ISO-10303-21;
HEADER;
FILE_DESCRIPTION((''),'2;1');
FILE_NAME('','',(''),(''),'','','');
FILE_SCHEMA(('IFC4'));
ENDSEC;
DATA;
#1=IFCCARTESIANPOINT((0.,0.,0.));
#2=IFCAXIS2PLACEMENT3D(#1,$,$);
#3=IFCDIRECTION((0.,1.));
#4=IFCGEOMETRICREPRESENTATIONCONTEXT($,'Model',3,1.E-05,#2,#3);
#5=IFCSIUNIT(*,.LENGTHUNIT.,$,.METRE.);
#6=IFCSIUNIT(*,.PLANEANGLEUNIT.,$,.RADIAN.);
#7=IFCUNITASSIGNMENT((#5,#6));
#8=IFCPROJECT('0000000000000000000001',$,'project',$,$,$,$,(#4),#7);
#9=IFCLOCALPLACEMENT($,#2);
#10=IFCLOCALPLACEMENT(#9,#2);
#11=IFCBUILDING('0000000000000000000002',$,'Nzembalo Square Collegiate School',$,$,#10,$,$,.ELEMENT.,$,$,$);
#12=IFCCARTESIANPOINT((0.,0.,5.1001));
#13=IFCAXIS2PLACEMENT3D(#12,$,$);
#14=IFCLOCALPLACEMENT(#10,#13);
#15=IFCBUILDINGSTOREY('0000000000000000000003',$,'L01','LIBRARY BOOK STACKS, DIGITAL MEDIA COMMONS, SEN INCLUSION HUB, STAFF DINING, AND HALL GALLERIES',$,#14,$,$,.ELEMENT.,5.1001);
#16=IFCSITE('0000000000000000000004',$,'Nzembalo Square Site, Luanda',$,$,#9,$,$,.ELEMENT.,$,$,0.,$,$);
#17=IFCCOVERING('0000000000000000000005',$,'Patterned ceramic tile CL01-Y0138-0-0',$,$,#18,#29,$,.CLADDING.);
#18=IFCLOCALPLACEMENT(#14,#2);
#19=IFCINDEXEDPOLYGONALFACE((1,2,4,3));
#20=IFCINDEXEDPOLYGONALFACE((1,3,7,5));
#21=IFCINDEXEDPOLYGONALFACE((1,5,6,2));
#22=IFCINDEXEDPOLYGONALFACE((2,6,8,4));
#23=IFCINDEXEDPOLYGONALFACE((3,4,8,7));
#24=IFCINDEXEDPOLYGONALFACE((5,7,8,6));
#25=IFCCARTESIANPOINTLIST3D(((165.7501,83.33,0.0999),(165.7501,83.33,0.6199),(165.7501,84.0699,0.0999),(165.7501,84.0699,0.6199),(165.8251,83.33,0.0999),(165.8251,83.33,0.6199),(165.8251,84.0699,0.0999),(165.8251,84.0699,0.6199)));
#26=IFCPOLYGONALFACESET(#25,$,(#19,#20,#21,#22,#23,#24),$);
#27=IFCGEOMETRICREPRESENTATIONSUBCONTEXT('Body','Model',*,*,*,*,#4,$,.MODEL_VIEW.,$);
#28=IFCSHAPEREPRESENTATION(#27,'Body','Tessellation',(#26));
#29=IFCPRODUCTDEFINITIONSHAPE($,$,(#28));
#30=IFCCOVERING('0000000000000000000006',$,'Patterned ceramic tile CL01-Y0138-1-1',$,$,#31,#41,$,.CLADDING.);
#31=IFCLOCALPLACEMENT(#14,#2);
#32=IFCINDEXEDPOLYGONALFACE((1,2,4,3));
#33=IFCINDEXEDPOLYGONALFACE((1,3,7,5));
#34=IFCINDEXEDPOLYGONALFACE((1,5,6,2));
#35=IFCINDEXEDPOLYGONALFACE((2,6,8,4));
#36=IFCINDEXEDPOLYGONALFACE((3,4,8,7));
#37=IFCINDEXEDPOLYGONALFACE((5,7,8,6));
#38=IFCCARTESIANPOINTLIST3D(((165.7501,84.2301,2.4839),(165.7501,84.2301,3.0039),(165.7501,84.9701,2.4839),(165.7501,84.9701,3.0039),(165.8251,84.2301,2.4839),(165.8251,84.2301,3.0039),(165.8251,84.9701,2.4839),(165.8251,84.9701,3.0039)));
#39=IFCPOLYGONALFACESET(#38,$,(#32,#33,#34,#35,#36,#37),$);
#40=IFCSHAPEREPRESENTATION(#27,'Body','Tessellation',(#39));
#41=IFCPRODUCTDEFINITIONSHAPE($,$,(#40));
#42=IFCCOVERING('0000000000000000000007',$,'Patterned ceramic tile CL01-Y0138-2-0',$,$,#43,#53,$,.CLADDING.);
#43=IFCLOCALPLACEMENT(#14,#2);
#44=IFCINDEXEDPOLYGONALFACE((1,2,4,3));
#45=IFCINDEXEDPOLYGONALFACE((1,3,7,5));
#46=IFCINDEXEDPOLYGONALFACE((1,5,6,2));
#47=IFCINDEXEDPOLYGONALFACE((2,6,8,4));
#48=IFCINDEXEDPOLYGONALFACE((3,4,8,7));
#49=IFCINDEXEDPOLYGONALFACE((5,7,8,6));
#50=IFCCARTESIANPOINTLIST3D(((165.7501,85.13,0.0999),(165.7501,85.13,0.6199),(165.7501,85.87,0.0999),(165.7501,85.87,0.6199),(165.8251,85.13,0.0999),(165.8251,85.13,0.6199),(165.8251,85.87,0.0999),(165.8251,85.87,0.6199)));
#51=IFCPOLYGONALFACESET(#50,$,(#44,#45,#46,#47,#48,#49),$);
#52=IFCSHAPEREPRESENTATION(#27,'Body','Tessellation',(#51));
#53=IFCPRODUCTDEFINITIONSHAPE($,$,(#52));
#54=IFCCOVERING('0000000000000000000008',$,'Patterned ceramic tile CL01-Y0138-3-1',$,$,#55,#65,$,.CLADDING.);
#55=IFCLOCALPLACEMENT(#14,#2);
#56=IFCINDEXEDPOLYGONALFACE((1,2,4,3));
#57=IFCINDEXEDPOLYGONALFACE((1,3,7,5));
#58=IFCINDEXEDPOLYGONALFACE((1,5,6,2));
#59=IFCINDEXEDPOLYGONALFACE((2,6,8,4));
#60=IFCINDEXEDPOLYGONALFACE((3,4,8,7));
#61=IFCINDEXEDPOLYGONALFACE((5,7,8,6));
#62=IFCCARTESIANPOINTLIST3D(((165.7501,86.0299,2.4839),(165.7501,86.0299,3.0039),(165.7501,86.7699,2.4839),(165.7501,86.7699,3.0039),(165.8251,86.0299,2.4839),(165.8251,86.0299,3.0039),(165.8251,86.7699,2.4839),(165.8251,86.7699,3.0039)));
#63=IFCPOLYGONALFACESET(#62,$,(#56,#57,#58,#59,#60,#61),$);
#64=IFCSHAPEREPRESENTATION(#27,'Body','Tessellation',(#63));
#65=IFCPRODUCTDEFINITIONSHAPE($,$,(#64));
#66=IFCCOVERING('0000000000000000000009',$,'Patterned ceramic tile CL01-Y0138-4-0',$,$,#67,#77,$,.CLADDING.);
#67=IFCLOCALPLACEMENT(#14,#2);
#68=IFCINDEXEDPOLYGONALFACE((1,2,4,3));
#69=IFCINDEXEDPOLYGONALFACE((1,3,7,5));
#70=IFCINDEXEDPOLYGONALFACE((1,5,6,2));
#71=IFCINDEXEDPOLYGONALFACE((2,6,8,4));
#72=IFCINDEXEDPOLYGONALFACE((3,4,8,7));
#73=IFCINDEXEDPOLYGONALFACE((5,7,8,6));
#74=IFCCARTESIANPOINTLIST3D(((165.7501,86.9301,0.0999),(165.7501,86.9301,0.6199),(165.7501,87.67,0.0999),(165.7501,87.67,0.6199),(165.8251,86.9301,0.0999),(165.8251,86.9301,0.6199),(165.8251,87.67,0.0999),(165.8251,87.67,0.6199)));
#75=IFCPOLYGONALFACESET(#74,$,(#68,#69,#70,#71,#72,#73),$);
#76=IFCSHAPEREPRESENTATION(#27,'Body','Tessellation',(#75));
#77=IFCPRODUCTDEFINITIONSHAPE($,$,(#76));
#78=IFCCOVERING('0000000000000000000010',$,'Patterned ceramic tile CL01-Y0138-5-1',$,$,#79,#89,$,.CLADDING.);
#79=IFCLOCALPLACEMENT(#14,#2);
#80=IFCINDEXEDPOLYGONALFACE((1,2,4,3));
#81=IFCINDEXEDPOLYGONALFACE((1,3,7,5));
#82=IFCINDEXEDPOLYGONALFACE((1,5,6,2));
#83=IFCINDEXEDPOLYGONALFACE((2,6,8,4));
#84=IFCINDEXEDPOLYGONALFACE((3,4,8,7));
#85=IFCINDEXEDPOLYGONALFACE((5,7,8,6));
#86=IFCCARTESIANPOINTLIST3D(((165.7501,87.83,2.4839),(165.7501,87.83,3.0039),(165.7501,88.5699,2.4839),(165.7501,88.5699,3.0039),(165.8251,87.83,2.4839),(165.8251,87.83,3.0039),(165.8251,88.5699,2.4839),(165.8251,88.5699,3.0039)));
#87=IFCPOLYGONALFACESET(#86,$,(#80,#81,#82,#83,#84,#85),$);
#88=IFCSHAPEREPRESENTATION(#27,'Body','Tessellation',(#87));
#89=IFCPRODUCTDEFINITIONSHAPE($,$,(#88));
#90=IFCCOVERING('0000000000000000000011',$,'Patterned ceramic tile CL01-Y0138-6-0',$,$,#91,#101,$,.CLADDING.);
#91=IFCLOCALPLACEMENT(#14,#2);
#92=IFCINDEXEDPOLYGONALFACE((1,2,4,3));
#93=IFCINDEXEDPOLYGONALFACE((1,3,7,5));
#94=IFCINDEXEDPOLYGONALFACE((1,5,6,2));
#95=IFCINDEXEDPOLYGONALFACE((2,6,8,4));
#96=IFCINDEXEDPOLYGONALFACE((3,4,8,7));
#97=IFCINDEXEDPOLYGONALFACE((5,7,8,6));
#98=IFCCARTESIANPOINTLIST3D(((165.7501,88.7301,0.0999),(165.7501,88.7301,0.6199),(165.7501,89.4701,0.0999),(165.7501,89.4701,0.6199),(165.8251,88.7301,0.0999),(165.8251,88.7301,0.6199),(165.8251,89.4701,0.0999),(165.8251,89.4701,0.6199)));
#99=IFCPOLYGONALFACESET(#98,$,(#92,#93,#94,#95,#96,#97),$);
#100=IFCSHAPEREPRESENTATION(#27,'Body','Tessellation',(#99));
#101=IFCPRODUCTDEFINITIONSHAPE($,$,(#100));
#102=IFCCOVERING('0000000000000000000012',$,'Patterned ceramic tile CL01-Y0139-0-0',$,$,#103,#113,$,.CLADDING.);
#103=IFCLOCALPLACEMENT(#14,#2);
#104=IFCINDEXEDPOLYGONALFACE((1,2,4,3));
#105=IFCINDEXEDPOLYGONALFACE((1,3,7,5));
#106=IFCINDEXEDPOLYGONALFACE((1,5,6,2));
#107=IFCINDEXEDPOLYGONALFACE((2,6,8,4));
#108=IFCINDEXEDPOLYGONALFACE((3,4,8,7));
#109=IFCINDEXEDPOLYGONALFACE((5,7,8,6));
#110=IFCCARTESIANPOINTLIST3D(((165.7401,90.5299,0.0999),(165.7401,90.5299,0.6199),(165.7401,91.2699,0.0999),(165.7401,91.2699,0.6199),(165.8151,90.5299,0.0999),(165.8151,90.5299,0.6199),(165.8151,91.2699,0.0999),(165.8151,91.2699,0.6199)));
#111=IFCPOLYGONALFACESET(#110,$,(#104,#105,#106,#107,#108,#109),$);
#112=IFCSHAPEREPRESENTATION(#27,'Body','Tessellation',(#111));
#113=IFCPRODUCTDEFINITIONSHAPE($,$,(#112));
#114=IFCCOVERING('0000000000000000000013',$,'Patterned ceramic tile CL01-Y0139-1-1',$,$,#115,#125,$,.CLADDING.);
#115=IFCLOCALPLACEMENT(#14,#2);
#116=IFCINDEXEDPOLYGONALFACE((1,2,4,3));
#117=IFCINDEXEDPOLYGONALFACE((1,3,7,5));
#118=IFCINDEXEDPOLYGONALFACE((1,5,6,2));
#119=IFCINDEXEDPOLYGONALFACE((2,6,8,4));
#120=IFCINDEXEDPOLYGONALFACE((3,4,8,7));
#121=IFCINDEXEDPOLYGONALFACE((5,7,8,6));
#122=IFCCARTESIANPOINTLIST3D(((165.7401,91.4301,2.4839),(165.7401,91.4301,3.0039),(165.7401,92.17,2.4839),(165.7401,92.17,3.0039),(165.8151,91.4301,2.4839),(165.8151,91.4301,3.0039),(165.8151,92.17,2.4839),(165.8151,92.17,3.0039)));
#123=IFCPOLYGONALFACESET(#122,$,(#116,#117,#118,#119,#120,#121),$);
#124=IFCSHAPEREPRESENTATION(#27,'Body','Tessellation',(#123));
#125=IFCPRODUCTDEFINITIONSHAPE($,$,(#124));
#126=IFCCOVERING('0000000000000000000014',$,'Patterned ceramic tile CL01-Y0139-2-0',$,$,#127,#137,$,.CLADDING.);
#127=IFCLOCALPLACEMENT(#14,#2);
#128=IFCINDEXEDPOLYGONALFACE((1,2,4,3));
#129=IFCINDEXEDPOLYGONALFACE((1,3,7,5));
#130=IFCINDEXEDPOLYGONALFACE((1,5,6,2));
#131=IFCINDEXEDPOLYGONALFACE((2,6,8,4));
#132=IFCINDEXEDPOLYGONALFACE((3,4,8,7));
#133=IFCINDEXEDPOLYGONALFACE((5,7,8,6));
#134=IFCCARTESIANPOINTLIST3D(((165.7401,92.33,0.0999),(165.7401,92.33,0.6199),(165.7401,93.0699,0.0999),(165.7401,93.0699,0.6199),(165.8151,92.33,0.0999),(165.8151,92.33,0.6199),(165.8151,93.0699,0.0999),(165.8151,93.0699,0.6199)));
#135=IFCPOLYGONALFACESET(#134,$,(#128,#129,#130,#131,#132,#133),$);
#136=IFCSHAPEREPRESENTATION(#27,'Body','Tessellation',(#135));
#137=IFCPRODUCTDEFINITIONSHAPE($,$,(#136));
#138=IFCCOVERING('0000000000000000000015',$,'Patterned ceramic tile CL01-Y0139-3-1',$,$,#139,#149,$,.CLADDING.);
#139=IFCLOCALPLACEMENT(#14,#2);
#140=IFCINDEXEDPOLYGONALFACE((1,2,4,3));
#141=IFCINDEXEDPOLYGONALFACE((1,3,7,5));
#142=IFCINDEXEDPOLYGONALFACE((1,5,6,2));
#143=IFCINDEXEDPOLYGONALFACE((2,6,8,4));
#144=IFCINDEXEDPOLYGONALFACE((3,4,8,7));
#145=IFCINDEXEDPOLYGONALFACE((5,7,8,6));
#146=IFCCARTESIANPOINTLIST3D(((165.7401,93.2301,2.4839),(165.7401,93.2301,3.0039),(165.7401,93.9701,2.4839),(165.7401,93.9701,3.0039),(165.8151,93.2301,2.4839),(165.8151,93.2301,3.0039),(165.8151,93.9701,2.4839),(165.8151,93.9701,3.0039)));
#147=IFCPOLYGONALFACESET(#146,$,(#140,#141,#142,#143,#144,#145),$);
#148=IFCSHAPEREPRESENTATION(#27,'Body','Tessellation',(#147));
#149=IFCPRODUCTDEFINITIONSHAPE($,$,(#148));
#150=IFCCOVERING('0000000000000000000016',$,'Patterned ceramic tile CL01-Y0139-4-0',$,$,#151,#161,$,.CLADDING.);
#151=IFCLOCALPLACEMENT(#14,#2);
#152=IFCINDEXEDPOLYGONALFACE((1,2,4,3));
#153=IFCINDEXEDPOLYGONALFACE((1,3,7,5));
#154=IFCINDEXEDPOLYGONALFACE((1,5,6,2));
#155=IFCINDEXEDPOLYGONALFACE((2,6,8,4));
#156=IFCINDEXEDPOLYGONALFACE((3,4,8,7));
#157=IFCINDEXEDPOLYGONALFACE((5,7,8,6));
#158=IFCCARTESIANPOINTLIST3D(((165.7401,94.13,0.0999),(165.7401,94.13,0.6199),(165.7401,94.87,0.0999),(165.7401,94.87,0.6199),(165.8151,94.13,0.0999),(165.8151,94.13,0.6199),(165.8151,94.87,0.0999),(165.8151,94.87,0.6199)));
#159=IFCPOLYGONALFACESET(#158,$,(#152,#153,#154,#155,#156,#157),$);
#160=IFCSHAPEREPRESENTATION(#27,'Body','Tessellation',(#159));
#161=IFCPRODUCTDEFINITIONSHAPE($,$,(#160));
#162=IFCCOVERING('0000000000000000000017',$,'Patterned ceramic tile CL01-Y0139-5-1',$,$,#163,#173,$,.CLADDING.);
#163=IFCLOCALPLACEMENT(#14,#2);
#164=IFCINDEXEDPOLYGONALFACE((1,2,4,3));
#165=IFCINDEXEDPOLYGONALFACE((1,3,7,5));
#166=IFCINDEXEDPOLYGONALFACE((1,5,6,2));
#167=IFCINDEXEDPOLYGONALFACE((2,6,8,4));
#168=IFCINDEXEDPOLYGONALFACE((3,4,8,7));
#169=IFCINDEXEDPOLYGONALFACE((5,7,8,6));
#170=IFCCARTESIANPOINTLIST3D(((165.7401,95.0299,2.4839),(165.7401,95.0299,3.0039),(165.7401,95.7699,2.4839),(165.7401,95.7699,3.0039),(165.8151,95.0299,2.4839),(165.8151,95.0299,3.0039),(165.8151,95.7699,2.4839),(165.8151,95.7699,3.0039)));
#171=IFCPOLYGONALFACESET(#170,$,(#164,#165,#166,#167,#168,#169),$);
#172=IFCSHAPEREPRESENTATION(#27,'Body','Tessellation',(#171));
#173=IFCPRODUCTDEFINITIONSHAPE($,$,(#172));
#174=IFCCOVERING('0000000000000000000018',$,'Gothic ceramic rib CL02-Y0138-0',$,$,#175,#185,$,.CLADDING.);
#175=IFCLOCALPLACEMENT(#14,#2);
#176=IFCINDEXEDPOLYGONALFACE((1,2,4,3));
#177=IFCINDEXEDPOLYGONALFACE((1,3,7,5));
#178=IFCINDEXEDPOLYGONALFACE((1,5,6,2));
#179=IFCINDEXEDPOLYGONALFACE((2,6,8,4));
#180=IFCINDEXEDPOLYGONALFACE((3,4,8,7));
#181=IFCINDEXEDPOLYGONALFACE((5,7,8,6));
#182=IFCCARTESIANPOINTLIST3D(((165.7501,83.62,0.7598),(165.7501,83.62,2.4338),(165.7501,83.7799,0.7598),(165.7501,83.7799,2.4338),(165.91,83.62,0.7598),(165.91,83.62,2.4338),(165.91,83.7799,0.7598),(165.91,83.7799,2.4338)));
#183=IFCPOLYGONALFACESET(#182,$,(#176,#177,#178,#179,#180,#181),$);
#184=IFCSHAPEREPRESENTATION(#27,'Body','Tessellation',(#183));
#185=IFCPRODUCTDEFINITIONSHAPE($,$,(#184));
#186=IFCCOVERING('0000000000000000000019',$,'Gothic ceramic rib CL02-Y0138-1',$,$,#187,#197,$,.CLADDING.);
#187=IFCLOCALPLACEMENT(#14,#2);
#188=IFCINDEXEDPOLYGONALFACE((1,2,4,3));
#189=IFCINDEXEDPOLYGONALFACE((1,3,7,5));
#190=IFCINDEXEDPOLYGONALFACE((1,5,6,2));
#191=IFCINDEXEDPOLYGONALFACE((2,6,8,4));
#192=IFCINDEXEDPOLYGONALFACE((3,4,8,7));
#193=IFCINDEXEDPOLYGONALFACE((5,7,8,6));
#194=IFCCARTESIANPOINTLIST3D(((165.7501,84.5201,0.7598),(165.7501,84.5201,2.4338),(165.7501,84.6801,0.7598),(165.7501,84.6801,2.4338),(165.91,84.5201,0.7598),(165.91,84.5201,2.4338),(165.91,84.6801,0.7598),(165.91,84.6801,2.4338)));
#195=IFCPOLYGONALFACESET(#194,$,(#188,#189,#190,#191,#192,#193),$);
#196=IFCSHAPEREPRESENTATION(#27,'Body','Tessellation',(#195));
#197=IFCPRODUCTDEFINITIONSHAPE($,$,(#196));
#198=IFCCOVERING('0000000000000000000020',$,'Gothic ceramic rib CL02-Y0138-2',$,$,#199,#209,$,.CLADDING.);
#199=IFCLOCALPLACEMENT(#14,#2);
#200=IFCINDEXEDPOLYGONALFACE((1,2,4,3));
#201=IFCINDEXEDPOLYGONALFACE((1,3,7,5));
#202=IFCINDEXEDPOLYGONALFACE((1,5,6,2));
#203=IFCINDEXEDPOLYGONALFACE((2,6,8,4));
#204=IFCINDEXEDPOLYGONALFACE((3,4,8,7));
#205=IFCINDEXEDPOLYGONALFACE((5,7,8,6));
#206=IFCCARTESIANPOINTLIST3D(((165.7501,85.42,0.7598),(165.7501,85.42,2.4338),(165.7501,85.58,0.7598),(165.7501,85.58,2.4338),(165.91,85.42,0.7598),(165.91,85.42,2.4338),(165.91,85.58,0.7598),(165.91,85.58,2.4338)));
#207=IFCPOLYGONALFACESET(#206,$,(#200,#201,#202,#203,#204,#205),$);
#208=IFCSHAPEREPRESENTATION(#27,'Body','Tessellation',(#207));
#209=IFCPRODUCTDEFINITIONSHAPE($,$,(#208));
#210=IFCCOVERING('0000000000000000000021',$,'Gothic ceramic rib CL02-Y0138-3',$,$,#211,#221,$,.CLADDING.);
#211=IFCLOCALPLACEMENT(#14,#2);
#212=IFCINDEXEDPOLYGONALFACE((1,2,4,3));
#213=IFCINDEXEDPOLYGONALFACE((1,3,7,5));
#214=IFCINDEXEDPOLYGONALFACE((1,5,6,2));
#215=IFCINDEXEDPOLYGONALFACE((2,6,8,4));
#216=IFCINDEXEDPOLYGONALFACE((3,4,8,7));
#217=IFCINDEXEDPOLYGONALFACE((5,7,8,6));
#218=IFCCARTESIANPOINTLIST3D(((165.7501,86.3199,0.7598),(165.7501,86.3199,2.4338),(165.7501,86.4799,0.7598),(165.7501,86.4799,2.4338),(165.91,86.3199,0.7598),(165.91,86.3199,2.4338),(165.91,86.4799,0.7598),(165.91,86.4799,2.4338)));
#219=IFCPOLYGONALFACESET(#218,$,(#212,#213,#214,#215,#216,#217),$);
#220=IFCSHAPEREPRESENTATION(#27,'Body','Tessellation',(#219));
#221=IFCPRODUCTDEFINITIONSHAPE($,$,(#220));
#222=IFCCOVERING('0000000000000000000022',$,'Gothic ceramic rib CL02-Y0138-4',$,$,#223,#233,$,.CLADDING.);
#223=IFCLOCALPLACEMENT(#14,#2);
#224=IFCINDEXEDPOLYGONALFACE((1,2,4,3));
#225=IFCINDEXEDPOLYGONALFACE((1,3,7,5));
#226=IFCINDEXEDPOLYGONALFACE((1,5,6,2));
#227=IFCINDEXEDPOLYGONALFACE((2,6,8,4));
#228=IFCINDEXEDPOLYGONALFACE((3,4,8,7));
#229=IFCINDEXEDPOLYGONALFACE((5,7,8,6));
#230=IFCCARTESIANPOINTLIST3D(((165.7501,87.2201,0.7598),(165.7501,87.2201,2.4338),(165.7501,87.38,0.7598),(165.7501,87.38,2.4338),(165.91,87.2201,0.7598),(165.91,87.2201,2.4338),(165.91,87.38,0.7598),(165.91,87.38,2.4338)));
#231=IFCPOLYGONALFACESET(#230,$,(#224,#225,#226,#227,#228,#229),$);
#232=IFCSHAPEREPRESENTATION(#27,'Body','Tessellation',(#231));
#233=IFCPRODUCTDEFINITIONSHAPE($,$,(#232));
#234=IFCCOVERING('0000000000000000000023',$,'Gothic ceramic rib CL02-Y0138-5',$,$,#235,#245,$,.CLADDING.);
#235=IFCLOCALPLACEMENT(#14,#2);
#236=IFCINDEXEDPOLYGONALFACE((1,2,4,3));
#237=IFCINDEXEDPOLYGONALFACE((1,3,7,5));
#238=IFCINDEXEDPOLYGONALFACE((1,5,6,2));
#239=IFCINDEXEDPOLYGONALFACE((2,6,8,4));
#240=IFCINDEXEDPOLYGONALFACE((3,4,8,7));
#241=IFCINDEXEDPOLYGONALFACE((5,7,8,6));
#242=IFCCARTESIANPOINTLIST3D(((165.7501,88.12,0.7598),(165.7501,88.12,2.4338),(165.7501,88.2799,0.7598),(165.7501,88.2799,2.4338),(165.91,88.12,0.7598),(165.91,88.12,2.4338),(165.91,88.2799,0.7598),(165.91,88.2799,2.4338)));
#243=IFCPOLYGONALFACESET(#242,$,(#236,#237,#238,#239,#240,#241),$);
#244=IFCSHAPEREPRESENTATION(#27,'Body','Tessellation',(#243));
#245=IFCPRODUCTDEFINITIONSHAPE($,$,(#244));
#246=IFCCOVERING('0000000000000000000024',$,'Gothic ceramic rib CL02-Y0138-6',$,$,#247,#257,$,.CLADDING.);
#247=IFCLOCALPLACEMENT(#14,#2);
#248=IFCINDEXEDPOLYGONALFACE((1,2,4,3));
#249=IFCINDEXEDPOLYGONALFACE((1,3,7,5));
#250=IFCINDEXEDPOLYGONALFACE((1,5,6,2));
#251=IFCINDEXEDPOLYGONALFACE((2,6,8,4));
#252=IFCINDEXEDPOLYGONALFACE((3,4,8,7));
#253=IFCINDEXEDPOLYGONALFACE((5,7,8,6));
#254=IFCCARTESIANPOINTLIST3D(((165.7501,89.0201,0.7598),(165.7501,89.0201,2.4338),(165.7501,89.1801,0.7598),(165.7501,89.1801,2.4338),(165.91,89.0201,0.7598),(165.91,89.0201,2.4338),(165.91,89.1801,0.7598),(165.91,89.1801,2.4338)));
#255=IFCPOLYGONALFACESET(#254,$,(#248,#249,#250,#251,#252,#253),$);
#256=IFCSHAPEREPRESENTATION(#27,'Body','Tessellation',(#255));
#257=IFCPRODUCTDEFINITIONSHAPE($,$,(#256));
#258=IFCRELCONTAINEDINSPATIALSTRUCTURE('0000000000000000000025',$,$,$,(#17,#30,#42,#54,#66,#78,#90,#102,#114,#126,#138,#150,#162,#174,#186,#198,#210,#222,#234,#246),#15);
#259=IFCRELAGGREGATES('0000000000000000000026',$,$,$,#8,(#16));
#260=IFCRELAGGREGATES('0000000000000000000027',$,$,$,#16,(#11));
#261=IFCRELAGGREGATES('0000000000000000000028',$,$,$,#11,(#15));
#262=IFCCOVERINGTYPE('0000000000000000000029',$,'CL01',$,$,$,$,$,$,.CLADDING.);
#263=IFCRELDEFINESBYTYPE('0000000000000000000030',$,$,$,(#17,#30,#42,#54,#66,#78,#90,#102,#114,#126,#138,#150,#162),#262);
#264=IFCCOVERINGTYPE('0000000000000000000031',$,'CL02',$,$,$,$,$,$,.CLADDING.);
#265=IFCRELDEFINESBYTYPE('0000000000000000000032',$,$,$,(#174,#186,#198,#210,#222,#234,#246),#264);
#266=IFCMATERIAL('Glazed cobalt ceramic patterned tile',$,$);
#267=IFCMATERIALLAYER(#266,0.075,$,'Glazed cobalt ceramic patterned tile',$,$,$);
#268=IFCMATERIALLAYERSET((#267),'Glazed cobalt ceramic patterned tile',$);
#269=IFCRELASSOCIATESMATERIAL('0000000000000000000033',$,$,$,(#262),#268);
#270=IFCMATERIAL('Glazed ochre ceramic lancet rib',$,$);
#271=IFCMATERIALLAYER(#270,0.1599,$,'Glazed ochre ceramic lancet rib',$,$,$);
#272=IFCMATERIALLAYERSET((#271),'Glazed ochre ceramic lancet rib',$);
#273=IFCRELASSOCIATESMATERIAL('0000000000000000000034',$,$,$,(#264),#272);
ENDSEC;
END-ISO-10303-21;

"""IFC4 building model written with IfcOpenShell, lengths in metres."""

from ifc_helpers import new_model, si_unit, direction, frame, origin, origin_2d, place, context, subcontext, project, spatial, rectangle, extrude, material, layer, layer_set, type_object, element, save


model = new_model("IFC4")

# Units and contexts
model_context = context("Model", 3, precision=1e-05, world=origin(), true_north=direction((0.0, 1.0)))
body_context = subcontext(model_context, "Body", "Model", "MODEL_VIEW")
ifc_project = project(units=[si_unit("LENGTHUNIT", "METRE"), si_unit("PLANEANGLEUNIT", "RADIAN")], contexts=[model_context])

# Site, building, storey
site_placement = place(None, origin())
site = spatial("IfcSite", under=ifc_project, at=site_placement, Name="Nzembalo Square Site, Luanda", CompositionType="ELEMENT", RefElevation=0.0)
building_placement = place(site_placement, origin())
building = spatial("IfcBuilding", under=site, at=building_placement, Name="Nzembalo Square Collegiate School", CompositionType="ELEMENT")
storey_placement = place(building_placement, frame((0.0, 0.0, 5.1001)))
storey = spatial("IfcBuildingStorey", under=building, at=storey_placement, Name="L01", Description="LIBRARY BOOK STACKS, DIGITAL MEDIA COMMONS, SEN INCLUSION HUB, STAFF DINING, AND HALL GALLERIES", CompositionType="ELEMENT", Elevation=5.1001)

# Coverings
ifc_material_1 = material(Name="Glazed cobalt ceramic patterned tile")
ifc_layer_1 = layer(ifc_material_1, 0.075, Name="Glazed cobalt ceramic patterned tile")
ifc_layer_set_1 = layer_set([ifc_layer_1], Name="Glazed cobalt ceramic patterned tile")
covering_type_1 = type_object("IfcCoveringType", Name="CL01", PredefinedType="CLADDING", material=ifc_layer_set_1)
for number, where, z_axis, x_axis, name in (
    (1, (165.7876, 83.7, 0.0999), (0.0, 0.0, 1.0), (1.0, 0.0, 0.0), "Patterned ceramic tile CL01-Y0138-0-0"),
    (2, (165.7876, 84.6001, 2.4839), (0.0, 0.0, 1.0), (1.0, 0.0, 0.0), "Patterned ceramic tile CL01-Y0138-1-1"),
    (3, (165.7876, 85.5, 0.0999), (0.0, 0.0, 1.0), (1.0, 0.0, 0.0), "Patterned ceramic tile CL01-Y0138-2-0"),
    (4, (165.7876, 86.3999, 2.4839), (0.0, 0.0, 1.0), (1.0, 0.0, 0.0), "Patterned ceramic tile CL01-Y0138-3-1"),
    (5, (165.7876, 87.3, 0.0999), (0.0, 0.0, 1.0), (1.0, 0.0, 0.0), "Patterned ceramic tile CL01-Y0138-4-0"),
    (6, (165.7876, 88.2, 2.4839), (0.0, 0.0, 1.0), (1.0, 0.0, 0.0), "Patterned ceramic tile CL01-Y0138-5-1"),
    (7, (165.7876, 89.1001, 0.0999), (0.0, 0.0, 1.0), (1.0, 0.0, 0.0), "Patterned ceramic tile CL01-Y0138-6-0"),
    (8, (165.7776, 90.8999, 0.0999), (0.0, 0.0, 1.0), (1.0, 0.0, 0.0), "Patterned ceramic tile CL01-Y0139-0-0"),
    (9, (165.7776, 91.8, 2.4839), (0.0, 0.0, 1.0), (1.0, 0.0, 0.0), "Patterned ceramic tile CL01-Y0139-1-1"),
    (10, (165.7776, 92.7, 0.0999), (0.0, 0.0, 1.0), (1.0, 0.0, 0.0), "Patterned ceramic tile CL01-Y0139-2-0"),
    (11, (165.7776, 93.6001, 2.4839), (0.0, 0.0, 1.0), (1.0, 0.0, 0.0), "Patterned ceramic tile CL01-Y0139-3-1"),
    (12, (165.7776, 94.5, 0.0999), (0.0, 0.0, 1.0), (1.0, 0.0, 0.0), "Patterned ceramic tile CL01-Y0139-4-0"),
    (13, (165.7776, 95.3999, 2.4839), (0.0, 0.0, 1.0), (1.0, 0.0, 0.0), "Patterned ceramic tile CL01-Y0139-5-1"),
):
    element("IfcCovering", number, at=place(storey_placement, frame(where, z_axis=z_axis, x_axis=x_axis)), inside=storey, type_object=covering_type_1, Name=name, PredefinedType="CLADDING", context=body_context, shape_type="SweptSolid", body=[
        extrude(rectangle(XDim=0.075, YDim=0.74, at=origin_2d()), origin(), (0.0, 0.0, 1.0), 0.52),
    ])
ifc_material_2 = material(Name="Glazed ochre ceramic lancet rib")
ifc_layer_2 = layer(ifc_material_2, 0.1599, Name="Glazed ochre ceramic lancet rib")
ifc_layer_set_2 = layer_set([ifc_layer_2], Name="Glazed ochre ceramic lancet rib")
covering_type_2 = type_object("IfcCoveringType", Name="CL02", PredefinedType="CLADDING", material=ifc_layer_set_2)
for number, where, z_axis, x_axis, name in (
    (14, (165.8301, 83.7, 0.7598), (0.0, 0.0, 1.0), (1.0, 0.0, 0.0), "Gothic ceramic rib CL02-Y0138-0"),
    (15, (165.8301, 84.6001, 0.7598), (0.0, 0.0, 1.0), (1.0, 0.0, 0.0), "Gothic ceramic rib CL02-Y0138-1"),
    (16, (165.8301, 85.5, 0.7598), (0.0, 0.0, 1.0), (1.0, 0.0, 0.0), "Gothic ceramic rib CL02-Y0138-2"),
    (17, (165.8301, 86.3999, 0.7598), (0.0, 0.0, 1.0), (1.0, 0.0, 0.0), "Gothic ceramic rib CL02-Y0138-3"),
    (18, (165.8301, 87.3, 0.7598), (0.0, 0.0, 1.0), (1.0, 0.0, 0.0), "Gothic ceramic rib CL02-Y0138-4"),
    (19, (165.8301, 88.2, 0.7598), (0.0, 0.0, 1.0), (1.0, 0.0, 0.0), "Gothic ceramic rib CL02-Y0138-5"),
    (20, (165.8301, 89.1001, 0.7598), (0.0, 0.0, 1.0), (1.0, 0.0, 0.0), "Gothic ceramic rib CL02-Y0138-6"),
):
    element("IfcCovering", number, at=place(storey_placement, frame(where, z_axis=z_axis, x_axis=x_axis)), inside=storey, type_object=covering_type_2, Name=name, PredefinedType="CLADDING", context=body_context, shape_type="SweptSolid", body=[
        extrude(rectangle(XDim=0.1599, YDim=0.1599, at=origin_2d()), origin(), (0.0, 0.0, 1.0), 1.6741),
    ])

save(model, "model.ifc")
